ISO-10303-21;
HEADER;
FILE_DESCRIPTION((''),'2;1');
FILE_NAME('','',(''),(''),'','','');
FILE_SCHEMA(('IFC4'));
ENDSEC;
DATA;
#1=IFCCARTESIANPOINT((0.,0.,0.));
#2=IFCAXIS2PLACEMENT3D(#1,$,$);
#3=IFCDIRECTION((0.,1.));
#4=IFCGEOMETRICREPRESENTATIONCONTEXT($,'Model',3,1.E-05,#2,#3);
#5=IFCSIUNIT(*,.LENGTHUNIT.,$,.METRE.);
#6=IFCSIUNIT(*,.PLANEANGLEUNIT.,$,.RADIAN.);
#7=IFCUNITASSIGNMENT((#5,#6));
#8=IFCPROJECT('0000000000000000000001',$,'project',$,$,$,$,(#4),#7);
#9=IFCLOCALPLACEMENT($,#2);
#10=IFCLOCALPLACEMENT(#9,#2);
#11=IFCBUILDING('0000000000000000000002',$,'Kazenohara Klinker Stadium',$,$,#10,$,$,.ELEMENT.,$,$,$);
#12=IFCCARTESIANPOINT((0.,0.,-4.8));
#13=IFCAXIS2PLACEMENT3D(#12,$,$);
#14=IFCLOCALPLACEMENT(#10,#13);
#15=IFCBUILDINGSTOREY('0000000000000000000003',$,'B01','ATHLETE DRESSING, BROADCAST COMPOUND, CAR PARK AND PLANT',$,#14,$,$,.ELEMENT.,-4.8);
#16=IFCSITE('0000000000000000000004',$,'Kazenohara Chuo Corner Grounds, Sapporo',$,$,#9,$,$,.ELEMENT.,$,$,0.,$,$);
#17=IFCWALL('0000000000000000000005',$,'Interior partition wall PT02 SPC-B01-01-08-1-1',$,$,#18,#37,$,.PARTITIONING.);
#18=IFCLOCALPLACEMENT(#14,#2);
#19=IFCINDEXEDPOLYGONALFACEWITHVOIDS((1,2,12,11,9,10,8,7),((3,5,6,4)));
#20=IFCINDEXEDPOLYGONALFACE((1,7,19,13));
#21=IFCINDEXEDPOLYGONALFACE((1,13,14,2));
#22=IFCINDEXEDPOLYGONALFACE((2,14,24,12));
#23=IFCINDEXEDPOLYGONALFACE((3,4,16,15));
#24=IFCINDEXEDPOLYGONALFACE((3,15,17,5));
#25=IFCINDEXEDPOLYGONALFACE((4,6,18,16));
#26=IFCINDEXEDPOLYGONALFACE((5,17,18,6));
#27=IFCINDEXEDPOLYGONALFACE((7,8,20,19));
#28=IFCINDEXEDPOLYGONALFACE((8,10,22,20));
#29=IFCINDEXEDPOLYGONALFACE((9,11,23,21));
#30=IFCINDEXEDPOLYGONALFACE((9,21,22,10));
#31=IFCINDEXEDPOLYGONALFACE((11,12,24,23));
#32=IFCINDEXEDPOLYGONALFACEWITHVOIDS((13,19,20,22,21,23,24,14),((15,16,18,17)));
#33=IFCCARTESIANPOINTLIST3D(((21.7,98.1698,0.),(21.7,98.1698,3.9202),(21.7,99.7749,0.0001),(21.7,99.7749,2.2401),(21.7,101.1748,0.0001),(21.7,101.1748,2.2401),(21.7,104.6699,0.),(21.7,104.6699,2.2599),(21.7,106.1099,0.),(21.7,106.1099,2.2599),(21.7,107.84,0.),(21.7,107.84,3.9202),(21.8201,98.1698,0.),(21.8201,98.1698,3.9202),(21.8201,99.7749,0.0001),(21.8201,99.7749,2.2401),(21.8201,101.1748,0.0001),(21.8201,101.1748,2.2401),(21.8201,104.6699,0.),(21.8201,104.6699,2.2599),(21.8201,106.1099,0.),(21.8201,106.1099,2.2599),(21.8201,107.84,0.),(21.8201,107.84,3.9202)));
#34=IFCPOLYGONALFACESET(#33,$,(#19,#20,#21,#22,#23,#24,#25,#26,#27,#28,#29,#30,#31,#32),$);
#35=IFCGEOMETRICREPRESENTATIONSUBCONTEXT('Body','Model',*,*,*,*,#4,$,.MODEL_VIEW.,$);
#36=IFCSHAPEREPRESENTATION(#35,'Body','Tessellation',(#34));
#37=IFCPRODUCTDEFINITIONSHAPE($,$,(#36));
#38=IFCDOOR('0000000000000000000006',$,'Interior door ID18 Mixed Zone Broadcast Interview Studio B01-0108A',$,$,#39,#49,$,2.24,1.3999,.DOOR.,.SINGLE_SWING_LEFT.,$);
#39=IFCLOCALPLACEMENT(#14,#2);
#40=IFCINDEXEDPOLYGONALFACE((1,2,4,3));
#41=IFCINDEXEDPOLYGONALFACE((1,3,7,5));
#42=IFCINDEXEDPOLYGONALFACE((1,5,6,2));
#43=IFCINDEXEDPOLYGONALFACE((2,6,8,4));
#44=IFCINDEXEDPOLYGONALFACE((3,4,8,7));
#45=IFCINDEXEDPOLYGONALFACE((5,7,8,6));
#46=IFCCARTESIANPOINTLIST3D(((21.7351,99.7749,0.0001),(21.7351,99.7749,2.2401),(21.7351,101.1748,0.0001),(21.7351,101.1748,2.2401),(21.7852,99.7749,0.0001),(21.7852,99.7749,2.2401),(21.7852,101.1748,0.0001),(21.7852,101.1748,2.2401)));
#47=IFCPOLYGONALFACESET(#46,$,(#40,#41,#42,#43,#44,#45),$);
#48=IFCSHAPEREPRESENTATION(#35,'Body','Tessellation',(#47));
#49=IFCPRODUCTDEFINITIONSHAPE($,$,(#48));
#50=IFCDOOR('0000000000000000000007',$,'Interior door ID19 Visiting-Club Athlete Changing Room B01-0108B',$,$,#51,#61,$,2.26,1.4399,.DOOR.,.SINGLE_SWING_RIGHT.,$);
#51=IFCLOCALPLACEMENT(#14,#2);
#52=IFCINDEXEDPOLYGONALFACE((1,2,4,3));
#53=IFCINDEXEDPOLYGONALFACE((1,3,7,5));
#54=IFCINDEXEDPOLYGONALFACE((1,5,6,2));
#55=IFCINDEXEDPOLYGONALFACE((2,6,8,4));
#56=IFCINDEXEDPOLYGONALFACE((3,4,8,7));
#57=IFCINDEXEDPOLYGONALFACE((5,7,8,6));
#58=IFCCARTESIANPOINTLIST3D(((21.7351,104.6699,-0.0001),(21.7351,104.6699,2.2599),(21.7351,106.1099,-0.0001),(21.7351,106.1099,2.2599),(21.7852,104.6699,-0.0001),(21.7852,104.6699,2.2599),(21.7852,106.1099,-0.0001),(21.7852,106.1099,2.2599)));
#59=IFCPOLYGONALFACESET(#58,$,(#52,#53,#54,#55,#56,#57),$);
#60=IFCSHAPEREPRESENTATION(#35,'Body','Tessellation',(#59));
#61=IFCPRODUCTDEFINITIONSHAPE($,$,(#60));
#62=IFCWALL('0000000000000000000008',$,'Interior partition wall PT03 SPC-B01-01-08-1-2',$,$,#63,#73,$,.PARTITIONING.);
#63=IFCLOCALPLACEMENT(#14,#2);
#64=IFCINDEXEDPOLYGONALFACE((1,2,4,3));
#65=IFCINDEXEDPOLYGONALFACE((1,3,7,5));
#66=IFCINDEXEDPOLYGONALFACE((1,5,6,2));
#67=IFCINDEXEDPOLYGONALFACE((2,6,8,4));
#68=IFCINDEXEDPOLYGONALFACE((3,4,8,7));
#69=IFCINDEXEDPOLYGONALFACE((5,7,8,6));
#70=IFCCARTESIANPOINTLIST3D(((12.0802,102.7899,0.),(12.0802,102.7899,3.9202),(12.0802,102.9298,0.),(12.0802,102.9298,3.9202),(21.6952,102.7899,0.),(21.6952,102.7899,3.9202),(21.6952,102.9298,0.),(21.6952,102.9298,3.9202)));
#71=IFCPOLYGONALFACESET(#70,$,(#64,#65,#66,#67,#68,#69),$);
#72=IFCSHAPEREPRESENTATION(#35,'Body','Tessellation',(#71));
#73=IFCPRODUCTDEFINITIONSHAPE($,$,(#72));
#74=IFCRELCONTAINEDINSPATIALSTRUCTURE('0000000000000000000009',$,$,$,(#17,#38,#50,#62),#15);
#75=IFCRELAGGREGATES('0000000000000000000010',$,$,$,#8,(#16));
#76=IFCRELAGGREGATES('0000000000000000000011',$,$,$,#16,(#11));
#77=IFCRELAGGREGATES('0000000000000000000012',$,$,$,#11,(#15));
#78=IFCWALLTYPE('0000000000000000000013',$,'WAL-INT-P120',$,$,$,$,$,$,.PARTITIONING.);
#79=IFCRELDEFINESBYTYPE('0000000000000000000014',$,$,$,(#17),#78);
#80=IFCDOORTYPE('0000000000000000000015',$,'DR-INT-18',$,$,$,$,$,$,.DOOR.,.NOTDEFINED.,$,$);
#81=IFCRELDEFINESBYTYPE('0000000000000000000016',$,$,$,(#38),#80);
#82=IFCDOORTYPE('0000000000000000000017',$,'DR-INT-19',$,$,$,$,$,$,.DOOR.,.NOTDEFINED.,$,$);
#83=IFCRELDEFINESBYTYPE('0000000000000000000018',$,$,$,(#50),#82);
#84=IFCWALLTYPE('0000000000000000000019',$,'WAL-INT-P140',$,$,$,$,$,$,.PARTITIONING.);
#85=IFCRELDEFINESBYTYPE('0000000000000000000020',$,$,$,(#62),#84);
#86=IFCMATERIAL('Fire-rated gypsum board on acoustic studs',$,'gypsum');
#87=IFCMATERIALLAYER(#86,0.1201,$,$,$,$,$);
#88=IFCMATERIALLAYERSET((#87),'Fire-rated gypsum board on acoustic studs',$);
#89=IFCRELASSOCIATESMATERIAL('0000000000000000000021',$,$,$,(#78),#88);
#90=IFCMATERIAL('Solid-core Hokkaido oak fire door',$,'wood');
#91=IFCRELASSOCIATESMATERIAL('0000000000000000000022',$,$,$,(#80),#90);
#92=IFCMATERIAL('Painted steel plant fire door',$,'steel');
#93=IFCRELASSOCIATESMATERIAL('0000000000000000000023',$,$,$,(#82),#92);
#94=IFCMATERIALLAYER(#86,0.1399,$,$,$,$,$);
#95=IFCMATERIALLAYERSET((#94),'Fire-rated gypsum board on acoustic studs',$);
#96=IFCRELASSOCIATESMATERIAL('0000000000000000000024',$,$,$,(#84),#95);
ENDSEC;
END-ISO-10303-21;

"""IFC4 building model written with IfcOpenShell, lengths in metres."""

from ifc_helpers import new_model, si_unit, direction, frame, frame_2d, origin, place, context, subcontext, project, spatial, rectangle, extrude, material, layer, layer_set, type_object, element, fill, save


model = new_model("IFC4")

# Units and contexts
model_context = context("Model", 3, precision=1e-05, world=origin(), true_north=direction((0.0, 1.0)))
body_context = subcontext(model_context, "Body", "Model", "MODEL_VIEW")
ifc_project = project(units=[si_unit("LENGTHUNIT", "METRE"), si_unit("PLANEANGLEUNIT", "RADIAN")], contexts=[model_context])

# Site, building, storey
site_placement = place(None, origin())
site = spatial("IfcSite", under=ifc_project, at=site_placement, Name="Kazenohara Chuo Corner Grounds, Sapporo", CompositionType="ELEMENT", RefElevation=0.0)
building_placement = place(site_placement, origin())
building = spatial("IfcBuilding", under=site, at=building_placement, Name="Kazenohara Klinker Stadium", CompositionType="ELEMENT")
storey_placement = place(building_placement, frame((0.0, 0.0, -4.8)))
storey = spatial("IfcBuildingStorey", under=building, at=storey_placement, Name="B01", Description="ATHLETE DRESSING, BROADCAST COMPOUND, CAR PARK AND PLANT", CompositionType="ELEMENT", Elevation=-4.8)

# Wall, openings, doors
ifc_material_1 = material(Name="Fire-rated gypsum board on acoustic studs", Category="gypsum")
ifc_layer_1 = layer(ifc_material_1, 0.1201)
ifc_layer_set_1 = layer_set([ifc_layer_1], Name="Fire-rated gypsum board on acoustic studs")
wall_type_1 = type_object("IfcWallType", Name="WAL-INT-P120", PredefinedType="PARTITIONING", material=ifc_layer_set_1)
wall_1_placement = place(storey_placement, frame((21.76, 98.1699, 0.0), z_axis=(0.0, 0.0, 1.0), x_axis=(0.0, 1.0, 0.0)))
wall_1 = element("IfcWall", 1, at=wall_1_placement, inside=storey, type_object=wall_type_1, Name="Interior partition wall PT02 SPC-B01-01-08-1-1", PredefinedType="PARTITIONING", context=body_context, shape_type="SweptSolid", body=[
    extrude(rectangle(XDim=9.6702, YDim=0.1201, at=frame_2d((4.835, 0.0))), origin(), (0.0, 0.0, 1.0), 3.9202),
])
opening_1_placement = place(wall_1_placement, frame((1.605, 0.0, 0.0)))
opening_1 = element("IfcOpeningElement", 2, at=opening_1_placement, cuts=wall_1, PredefinedType="OPENING", context=body_context, shape_type="SweptSolid", body=[
    extrude(rectangle(XDim=1.3999, YDim=2.24, at=frame_2d((0.7, 1.1201))), frame((0.0, 0.0701, 0.0), z_axis=(0.0, -1.0, 0.0), x_axis=(1.0, 0.0, 0.0)), (0.0, 0.0, 1.0), 0.1401),
])
opening_2_placement = place(wall_1_placement, frame((6.5, 0.0, 0.0)))
opening_2 = element("IfcOpeningElement", 3, at=opening_2_placement, cuts=wall_1, PredefinedType="OPENING", context=body_context, shape_type="SweptSolid", body=[
    extrude(rectangle(XDim=1.4399, YDim=2.26, at=frame_2d((0.72, 1.1299))), frame((0.0, 0.0701, 0.0), z_axis=(0.0, -1.0, 0.0), x_axis=(1.0, 0.0, 0.0)), (0.0, 0.0, 1.0), 0.1401),
])
ifc_material_2 = material(Name="Solid-core Hokkaido oak fire door", Category="wood")
door_type_1 = type_object("IfcDoorType", Name="DR-INT-18", OperationType="NOTDEFINED", PredefinedType="DOOR", material=ifc_material_2)
door_1_placement = place(opening_1_placement, origin())
door_1 = element("IfcDoor", 4, at=door_1_placement, inside=storey, type_object=door_type_1, Name="Interior door ID18 Mixed Zone Broadcast Interview Studio B01-0108A", OperationType="SINGLE_SWING_LEFT", OverallHeight=2.24, OverallWidth=1.3999, PredefinedType="DOOR", context=body_context, shape_type="SweptSolid", body=[
    extrude(rectangle(XDim=1.3999, YDim=2.24, at=frame_2d((0.7, 1.1201))), frame((0.0, 0.0249, 0.0), z_axis=(0.0, -1.0, 0.0), x_axis=(1.0, 0.0, 0.0)), (0.0, 0.0, 1.0), 0.05),
])
fill(opening_1, door_1)
ifc_material_3 = material(Name="Painted steel plant fire door", Category="steel")
door_type_2 = type_object("IfcDoorType", Name="DR-INT-19", OperationType="NOTDEFINED", PredefinedType="DOOR", material=ifc_material_3)
door_2_placement = place(opening_2_placement, origin())
door_2 = element("IfcDoor", 5, at=door_2_placement, inside=storey, type_object=door_type_2, Name="Interior door ID19 Visiting-Club Athlete Changing Room B01-0108B", OperationType="SINGLE_SWING_RIGHT", OverallHeight=2.26, OverallWidth=1.4399, PredefinedType="DOOR", context=body_context, shape_type="SweptSolid", body=[
    extrude(rectangle(XDim=1.4399, YDim=2.26, at=frame_2d((0.72, 1.1299))), frame((0.0, 0.0249, 0.0), z_axis=(0.0, -1.0, 0.0), x_axis=(1.0, 0.0, 0.0)), (0.0, 0.0, 1.0), 0.05),
])
fill(opening_2, door_2)

# Wall
ifc_layer_2 = layer(ifc_material_1, 0.1399)
ifc_layer_set_2 = layer_set([ifc_layer_2], Name="Fire-rated gypsum board on acoustic studs")
wall_type_2 = type_object("IfcWallType", Name="WAL-INT-P140", PredefinedType="PARTITIONING", material=ifc_layer_set_2)
wall_2_placement = place(storey_placement, frame((12.0801, 102.8599, 0.0), z_axis=(0.0, 0.0, 1.0), x_axis=(1.0, 0.0, 0.0)))
element("IfcWall", 6, at=wall_2_placement, inside=storey, type_object=wall_type_2, Name="Interior partition wall PT03 SPC-B01-01-08-1-2", PredefinedType="PARTITIONING", context=body_context, shape_type="SweptSolid", body=[
    extrude(rectangle(XDim=9.615, YDim=0.1399, at=frame_2d((4.8076, 0.0))), origin(), (0.0, 0.0, 1.0), 3.9202),
])

save(model, "model.ifc")
